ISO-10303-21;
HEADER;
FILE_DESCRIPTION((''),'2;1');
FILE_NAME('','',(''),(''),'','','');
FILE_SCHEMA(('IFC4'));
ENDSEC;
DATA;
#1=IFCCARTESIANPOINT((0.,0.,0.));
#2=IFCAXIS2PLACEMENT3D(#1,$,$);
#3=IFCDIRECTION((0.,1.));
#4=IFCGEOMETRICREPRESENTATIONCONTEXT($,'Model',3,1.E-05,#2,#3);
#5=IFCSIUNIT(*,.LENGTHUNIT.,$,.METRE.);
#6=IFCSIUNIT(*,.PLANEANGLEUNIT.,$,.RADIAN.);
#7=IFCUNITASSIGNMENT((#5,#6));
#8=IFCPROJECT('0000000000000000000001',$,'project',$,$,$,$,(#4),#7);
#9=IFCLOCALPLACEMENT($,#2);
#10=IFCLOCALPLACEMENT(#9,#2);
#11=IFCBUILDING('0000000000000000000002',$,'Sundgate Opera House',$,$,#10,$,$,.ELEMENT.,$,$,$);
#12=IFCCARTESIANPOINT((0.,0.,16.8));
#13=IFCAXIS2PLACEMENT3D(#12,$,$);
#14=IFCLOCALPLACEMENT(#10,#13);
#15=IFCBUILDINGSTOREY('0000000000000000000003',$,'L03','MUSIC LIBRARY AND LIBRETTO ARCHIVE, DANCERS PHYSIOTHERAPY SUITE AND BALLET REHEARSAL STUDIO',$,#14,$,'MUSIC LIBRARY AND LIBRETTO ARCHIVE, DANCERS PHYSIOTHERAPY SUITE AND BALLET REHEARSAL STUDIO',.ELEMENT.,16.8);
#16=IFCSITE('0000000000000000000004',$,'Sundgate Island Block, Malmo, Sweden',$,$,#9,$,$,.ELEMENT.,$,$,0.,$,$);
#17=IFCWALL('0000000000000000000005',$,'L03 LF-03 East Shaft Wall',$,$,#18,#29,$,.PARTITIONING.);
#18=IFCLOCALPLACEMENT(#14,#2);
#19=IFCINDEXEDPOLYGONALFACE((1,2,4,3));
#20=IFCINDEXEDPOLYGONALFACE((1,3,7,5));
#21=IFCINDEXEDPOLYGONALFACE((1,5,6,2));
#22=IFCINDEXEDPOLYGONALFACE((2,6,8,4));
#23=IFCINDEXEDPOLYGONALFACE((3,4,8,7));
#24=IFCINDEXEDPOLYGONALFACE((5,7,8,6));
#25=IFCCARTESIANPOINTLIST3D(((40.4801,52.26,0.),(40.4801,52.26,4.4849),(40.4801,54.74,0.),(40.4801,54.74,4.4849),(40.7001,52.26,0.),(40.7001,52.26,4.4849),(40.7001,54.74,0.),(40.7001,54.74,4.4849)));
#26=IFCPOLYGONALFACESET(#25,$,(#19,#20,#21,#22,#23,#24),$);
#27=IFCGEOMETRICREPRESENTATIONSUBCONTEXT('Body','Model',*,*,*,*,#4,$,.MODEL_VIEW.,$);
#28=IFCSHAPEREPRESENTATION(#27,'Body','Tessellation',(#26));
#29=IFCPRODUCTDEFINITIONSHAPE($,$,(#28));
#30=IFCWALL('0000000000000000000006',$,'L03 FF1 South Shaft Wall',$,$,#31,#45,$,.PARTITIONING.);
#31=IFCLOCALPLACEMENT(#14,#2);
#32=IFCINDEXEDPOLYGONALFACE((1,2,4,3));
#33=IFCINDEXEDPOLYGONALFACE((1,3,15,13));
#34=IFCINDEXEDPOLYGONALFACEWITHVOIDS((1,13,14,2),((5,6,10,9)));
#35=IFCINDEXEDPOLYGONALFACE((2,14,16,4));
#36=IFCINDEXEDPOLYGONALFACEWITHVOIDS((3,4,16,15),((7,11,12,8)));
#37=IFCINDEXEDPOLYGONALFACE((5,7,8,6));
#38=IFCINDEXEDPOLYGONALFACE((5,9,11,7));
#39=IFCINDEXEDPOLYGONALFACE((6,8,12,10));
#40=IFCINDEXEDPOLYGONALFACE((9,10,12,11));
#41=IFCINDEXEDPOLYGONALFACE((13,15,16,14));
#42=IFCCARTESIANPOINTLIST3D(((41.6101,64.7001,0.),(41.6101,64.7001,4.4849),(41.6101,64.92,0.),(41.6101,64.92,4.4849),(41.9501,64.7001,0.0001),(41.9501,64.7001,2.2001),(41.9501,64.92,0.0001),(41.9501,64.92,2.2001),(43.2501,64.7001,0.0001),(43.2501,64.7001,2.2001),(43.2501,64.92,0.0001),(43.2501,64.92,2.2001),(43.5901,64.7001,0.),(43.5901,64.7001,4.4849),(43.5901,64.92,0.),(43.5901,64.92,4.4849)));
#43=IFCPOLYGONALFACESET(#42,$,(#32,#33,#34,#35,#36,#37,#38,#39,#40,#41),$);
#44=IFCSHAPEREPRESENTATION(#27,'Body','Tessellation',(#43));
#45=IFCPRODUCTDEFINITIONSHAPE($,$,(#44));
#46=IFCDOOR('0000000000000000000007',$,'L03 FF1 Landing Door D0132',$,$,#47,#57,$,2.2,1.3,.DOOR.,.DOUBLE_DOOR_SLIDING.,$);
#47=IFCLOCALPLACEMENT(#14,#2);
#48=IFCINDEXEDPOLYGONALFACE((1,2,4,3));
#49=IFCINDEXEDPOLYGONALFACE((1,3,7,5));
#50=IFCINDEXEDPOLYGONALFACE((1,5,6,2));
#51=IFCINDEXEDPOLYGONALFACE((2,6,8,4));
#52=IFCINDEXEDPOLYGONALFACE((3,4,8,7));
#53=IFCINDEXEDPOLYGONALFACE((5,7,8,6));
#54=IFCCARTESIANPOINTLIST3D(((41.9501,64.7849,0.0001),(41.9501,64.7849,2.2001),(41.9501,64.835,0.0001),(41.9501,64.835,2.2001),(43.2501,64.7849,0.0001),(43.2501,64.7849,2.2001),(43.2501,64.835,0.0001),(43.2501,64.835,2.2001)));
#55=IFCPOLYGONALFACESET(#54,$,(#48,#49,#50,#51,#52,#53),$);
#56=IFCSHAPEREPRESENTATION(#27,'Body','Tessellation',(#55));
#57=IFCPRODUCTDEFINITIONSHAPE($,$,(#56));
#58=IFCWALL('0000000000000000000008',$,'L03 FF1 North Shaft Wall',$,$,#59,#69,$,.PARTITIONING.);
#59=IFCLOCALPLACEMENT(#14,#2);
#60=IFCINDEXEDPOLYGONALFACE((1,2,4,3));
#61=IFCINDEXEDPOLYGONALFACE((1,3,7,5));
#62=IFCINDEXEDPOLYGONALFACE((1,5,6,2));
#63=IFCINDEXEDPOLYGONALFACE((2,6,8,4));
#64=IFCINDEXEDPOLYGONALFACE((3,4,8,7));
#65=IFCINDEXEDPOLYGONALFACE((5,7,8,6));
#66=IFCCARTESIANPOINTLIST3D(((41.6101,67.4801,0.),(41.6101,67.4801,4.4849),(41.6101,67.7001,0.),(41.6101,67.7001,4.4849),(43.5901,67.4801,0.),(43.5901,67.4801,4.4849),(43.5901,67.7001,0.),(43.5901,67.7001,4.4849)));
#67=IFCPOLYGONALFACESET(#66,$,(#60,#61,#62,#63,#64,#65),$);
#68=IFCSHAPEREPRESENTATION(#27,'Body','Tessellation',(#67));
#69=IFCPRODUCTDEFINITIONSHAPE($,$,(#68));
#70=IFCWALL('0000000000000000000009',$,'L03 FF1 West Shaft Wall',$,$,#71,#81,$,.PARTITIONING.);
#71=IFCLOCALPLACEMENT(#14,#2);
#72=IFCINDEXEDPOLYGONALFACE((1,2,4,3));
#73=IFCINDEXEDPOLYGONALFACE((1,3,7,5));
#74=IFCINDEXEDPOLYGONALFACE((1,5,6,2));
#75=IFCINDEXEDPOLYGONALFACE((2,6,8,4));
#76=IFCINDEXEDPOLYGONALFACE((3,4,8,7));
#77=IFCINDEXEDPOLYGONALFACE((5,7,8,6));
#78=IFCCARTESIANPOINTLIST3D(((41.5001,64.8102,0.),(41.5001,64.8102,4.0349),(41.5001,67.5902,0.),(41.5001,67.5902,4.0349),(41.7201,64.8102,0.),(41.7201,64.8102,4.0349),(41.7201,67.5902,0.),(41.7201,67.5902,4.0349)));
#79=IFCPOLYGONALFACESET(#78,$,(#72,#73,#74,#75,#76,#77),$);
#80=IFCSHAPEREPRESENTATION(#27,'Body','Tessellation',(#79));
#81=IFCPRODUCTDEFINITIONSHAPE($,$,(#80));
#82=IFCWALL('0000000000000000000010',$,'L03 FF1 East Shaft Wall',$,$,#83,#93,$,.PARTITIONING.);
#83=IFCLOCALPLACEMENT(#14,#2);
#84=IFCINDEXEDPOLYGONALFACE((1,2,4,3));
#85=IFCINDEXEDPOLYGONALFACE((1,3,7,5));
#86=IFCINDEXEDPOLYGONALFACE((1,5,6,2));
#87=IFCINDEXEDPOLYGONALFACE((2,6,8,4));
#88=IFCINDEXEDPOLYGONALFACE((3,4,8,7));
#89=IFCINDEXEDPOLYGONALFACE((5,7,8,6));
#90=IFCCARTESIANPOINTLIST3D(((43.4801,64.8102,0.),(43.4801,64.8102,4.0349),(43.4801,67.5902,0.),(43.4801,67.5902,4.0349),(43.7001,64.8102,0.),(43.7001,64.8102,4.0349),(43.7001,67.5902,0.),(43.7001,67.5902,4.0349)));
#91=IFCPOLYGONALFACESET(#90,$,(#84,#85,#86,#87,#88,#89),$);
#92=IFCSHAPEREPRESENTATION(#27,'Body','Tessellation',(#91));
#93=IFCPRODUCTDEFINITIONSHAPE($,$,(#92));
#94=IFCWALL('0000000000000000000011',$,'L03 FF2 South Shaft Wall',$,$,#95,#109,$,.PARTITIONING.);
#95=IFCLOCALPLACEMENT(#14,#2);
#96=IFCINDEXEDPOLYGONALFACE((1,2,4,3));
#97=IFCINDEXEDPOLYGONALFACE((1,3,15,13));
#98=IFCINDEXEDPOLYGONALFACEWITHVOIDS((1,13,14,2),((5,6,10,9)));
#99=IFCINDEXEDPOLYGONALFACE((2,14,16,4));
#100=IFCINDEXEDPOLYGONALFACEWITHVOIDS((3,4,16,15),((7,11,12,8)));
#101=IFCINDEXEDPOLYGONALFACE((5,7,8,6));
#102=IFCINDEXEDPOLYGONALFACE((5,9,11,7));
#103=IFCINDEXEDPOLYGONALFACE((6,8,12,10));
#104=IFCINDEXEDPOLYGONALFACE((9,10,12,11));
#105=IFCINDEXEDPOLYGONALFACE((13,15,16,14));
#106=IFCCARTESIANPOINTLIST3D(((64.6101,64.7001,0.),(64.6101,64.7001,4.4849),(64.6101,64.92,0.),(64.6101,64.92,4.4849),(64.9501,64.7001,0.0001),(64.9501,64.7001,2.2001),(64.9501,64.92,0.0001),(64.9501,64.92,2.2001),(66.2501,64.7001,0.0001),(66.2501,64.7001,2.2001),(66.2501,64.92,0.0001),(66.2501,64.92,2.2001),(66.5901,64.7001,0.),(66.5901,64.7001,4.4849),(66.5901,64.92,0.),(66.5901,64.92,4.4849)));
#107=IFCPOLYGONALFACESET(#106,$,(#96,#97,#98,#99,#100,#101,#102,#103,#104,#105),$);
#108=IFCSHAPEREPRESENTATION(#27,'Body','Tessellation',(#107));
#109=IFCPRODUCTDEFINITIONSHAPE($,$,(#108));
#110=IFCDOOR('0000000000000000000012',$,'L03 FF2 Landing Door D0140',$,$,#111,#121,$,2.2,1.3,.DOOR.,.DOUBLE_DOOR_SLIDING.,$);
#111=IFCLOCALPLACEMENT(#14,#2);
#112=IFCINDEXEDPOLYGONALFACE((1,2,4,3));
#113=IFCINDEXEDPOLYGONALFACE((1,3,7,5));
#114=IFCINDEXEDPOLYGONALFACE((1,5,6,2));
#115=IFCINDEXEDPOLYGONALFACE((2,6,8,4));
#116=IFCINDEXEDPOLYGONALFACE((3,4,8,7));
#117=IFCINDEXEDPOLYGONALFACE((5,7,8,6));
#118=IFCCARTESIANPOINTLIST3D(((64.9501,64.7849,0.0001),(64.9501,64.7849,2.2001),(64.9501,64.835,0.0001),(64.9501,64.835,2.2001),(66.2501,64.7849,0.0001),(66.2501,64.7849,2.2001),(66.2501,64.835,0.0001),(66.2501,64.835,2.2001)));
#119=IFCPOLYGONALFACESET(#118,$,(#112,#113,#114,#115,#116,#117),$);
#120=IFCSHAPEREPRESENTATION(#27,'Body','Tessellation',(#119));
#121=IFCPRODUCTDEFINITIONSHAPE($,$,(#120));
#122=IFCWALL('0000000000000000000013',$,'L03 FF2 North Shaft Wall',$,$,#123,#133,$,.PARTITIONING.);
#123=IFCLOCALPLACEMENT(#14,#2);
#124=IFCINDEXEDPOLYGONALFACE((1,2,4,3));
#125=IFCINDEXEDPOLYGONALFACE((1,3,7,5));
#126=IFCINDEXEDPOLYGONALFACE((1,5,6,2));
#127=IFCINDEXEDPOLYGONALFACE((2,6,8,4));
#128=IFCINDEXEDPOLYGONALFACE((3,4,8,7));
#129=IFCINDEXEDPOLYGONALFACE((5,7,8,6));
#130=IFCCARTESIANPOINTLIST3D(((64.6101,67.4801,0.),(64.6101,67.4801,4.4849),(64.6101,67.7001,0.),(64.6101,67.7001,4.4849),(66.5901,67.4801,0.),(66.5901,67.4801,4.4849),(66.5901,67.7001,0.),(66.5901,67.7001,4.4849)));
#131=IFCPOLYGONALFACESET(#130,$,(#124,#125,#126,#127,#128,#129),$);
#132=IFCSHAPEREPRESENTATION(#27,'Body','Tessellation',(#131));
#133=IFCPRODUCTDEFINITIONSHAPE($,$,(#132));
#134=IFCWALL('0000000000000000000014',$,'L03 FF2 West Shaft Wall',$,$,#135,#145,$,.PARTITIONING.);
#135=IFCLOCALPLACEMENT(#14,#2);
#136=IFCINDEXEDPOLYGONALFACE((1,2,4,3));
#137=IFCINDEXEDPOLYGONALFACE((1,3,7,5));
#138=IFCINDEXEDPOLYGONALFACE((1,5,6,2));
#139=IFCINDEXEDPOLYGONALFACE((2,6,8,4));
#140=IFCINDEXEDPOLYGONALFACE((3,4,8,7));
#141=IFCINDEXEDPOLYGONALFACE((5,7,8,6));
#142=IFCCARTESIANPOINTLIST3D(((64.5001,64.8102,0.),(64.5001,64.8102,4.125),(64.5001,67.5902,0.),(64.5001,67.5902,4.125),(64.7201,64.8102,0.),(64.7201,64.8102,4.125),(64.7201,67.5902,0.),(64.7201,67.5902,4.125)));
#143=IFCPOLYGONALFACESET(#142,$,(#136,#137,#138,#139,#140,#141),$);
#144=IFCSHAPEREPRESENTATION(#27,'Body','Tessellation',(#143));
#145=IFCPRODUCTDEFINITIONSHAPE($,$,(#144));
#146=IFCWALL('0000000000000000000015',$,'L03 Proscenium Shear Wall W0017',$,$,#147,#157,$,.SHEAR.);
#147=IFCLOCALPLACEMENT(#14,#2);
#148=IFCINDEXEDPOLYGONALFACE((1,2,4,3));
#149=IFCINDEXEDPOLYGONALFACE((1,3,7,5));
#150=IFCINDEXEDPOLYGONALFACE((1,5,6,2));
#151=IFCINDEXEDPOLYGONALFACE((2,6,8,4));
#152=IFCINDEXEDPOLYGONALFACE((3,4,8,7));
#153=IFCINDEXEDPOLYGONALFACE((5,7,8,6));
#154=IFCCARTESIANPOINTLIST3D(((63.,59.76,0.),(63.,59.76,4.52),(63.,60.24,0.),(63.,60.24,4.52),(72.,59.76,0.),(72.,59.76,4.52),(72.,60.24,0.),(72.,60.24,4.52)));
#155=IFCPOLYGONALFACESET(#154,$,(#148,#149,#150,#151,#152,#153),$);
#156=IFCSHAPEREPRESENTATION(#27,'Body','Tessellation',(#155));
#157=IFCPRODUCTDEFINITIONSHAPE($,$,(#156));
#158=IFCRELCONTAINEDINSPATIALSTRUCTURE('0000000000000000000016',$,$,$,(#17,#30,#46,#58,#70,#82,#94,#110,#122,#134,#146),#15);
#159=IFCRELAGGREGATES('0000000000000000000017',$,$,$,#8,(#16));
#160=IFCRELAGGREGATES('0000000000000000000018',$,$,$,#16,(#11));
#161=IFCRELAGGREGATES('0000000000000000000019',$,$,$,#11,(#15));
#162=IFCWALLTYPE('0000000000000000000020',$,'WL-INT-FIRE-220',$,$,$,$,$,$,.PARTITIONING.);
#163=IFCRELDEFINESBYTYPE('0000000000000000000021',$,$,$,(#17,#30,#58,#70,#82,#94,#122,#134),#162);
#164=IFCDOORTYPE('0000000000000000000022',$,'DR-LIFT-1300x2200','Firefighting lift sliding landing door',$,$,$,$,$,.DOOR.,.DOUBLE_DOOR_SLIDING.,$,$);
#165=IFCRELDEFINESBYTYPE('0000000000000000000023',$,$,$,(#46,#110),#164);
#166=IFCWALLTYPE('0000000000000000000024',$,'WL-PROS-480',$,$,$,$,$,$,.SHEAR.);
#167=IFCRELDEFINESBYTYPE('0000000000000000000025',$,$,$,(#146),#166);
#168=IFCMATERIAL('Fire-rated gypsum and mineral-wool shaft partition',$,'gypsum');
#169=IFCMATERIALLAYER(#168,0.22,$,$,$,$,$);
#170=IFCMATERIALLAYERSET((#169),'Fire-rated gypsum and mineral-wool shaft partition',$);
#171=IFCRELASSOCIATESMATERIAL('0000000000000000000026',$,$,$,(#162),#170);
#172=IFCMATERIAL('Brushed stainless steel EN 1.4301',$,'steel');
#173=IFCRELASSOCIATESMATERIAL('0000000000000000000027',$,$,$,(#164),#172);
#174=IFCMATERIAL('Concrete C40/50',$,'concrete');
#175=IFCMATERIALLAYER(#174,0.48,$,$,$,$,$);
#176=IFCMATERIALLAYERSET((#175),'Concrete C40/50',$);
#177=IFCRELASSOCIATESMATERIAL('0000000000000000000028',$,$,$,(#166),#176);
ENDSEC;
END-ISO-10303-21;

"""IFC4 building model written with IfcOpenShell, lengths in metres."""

from ifc_helpers import new_model, si_unit, direction, frame, frame_2d, origin, place, context, subcontext, project, spatial, rectangle, extrude, material, layer, layer_set, type_object, element, fill, save


model = new_model("IFC4")

# Units and contexts
model_context = context("Model", 3, precision=1e-05, world=origin(), true_north=direction((0.0, 1.0)))
body_context = subcontext(model_context, "Body", "Model", "MODEL_VIEW")
ifc_project = project(units=[si_unit("LENGTHUNIT", "METRE"), si_unit("PLANEANGLEUNIT", "RADIAN")], contexts=[model_context])

# Site, building, storey
site_placement = place(None, origin())
site = spatial("IfcSite", under=ifc_project, at=site_placement, Name="Sundgate Island Block, Malmo, Sweden", CompositionType="ELEMENT", RefElevation=0.0)
building_placement = place(site_placement, origin())
building = spatial("IfcBuilding", under=site, at=building_placement, Name="Sundgate Opera House", CompositionType="ELEMENT")
storey_placement = place(building_placement, frame((0.0, 0.0, 16.8)))
storey = spatial("IfcBuildingStorey", under=building, at=storey_placement, Name="L03", Description="MUSIC LIBRARY AND LIBRETTO ARCHIVE, DANCERS PHYSIOTHERAPY SUITE AND BALLET REHEARSAL STUDIO", LongName="MUSIC LIBRARY AND LIBRETTO ARCHIVE, DANCERS PHYSIOTHERAPY SUITE AND BALLET REHEARSAL STUDIO", CompositionType="ELEMENT", Elevation=16.8)

# Shared definitions
ifc_material_1 = material(Name="Fire-rated gypsum and mineral-wool shaft partition", Category="gypsum")
ifc_layer_1 = layer(ifc_material_1, 0.22)
ifc_layer_set_1 = layer_set([ifc_layer_1], Name="Fire-rated gypsum and mineral-wool shaft partition")
wall_type_1 = type_object("IfcWallType", Name="WL-INT-FIRE-220", PredefinedType="PARTITIONING", material=ifc_layer_set_1)

# Wall
for number, where, z_axis, x_axis, name in (
    (1, (40.5901, 52.26, 0.0), (0.0, 0.0, 1.0), (0.0, 1.0, 0.0), "L03 LF-03 East Shaft Wall"),
):
    element("IfcWall", number, at=place(storey_placement, frame(where, z_axis=z_axis, x_axis=x_axis)), inside=storey, type_object=wall_type_1, Name=name, PredefinedType="PARTITIONING", context=body_context, shape_type="SweptSolid", body=[
        extrude(rectangle(XDim=2.48, YDim=0.22, at=frame_2d((1.24, 0.0))), origin(), (0.0, 0.0, 1.0), 4.4849),
    ])

# Wall, opening, door
wall_1_placement = place(storey_placement, frame((41.6101, 64.8101, 0.0), z_axis=(0.0, 0.0, 1.0), x_axis=(1.0, 0.0, 0.0)))
wall_1 = element("IfcWall", 2, at=wall_1_placement, inside=storey, type_object=wall_type_1, Name="L03 FF1 South Shaft Wall", PredefinedType="PARTITIONING", context=body_context, shape_type="SweptSolid", body=[
    extrude(rectangle(XDim=1.98, YDim=0.22, at=frame_2d((0.99, 0.0))), origin(), (0.0, 0.0, 1.0), 4.4849),
])
opening_1_placement = place(wall_1_placement, frame((0.3401, 0.0, 0.0)))
opening_1 = element("IfcOpeningElement", 3, at=opening_1_placement, cuts=wall_1, PredefinedType="OPENING", context=body_context, shape_type="SweptSolid", body=[
    extrude(rectangle(XDim=1.3, YDim=2.2, at=frame_2d((0.6499, 1.1001))), frame((0.0, 0.1199, 0.0), z_axis=(0.0, -1.0, 0.0), x_axis=(1.0, 0.0, 0.0)), (0.0, 0.0, 1.0), 0.24),
])
ifc_material_2 = material(Name="Brushed stainless steel EN 1.4301", Category="steel")
door_type_1 = type_object("IfcDoorType", Name="DR-LIFT-1300x2200", Description="Firefighting lift sliding landing door", OperationType="DOUBLE_DOOR_SLIDING", PredefinedType="DOOR", material=ifc_material_2)
door_1_placement = place(opening_1_placement, origin())
door_1 = element("IfcDoor", 4, at=door_1_placement, inside=storey, type_object=door_type_1, Name="L03 FF1 Landing Door D0132", OperationType="DOUBLE_DOOR_SLIDING", OverallHeight=2.2, OverallWidth=1.3, PredefinedType="DOOR", context=body_context, shape_type="SweptSolid", body=[
    extrude(rectangle(XDim=1.3, YDim=2.2, at=frame_2d((0.6499, 1.1001))), frame((0.0, 0.0249, 0.0), z_axis=(0.0, -1.0, 0.0), x_axis=(1.0, 0.0, 0.0)), (0.0, 0.0, 1.0), 0.05),
])
fill(opening_1, door_1)

# Walls
wall_2_placement = place(storey_placement, frame((41.6101, 67.5901, 0.0), z_axis=(0.0, 0.0, 1.0), x_axis=(1.0, 0.0, 0.0)))
element("IfcWall", 5, at=wall_2_placement, inside=storey, type_object=wall_type_1, Name="L03 FF1 North Shaft Wall", PredefinedType="PARTITIONING", context=body_context, shape_type="SweptSolid", body=[
    extrude(rectangle(XDim=1.98, YDim=0.22, at=frame_2d((0.99, 0.0))), origin(), (0.0, 0.0, 1.0), 4.4849),
])
for number, where, z_axis, x_axis, name in (
    (6, (41.6101, 64.8101, 0.0), (0.0, 0.0, 1.0), (0.0, 1.0, 0.0), "L03 FF1 West Shaft Wall"),
    (7, (43.5901, 64.8101, 0.0), (0.0, 0.0, 1.0), (0.0, 1.0, 0.0), "L03 FF1 East Shaft Wall"),
):
    element("IfcWall", number, at=place(storey_placement, frame(where, z_axis=z_axis, x_axis=x_axis)), inside=storey, type_object=wall_type_1, Name=name, PredefinedType="PARTITIONING", context=body_context, shape_type="SweptSolid", body=[
        extrude(rectangle(XDim=2.78, YDim=0.22, at=frame_2d((1.3901, 0.0))), origin(), (0.0, 0.0, 1.0), 4.0349),
    ])

# Wall, opening, door
wall_3_placement = place(storey_placement, frame((64.6101, 64.8101, 0.0), z_axis=(0.0, 0.0, 1.0), x_axis=(1.0, 0.0, 0.0)))
wall_3 = element("IfcWall", 8, at=wall_3_placement, inside=storey, type_object=wall_type_1, Name="L03 FF2 South Shaft Wall", PredefinedType="PARTITIONING", context=body_context, shape_type="SweptSolid", body=[
    extrude(rectangle(XDim=1.98, YDim=0.22, at=frame_2d((0.99, 0.0))), origin(), (0.0, 0.0, 1.0), 4.4849),
])
opening_2_placement = place(wall_3_placement, frame((0.3401, 0.0, 0.0)))
opening_2 = element("IfcOpeningElement", 9, at=opening_2_placement, cuts=wall_3, PredefinedType="OPENING", context=body_context, shape_type="SweptSolid", body=[
    extrude(rectangle(XDim=1.3, YDim=2.2, at=frame_2d((0.6499, 1.1001))), frame((0.0, 0.1199, 0.0), z_axis=(0.0, -1.0, 0.0), x_axis=(1.0, 0.0, 0.0)), (0.0, 0.0, 1.0), 0.24),
])
door_2_placement = place(opening_2_placement, origin())
door_2 = element("IfcDoor", 10, at=door_2_placement, inside=storey, type_object=door_type_1, Name="L03 FF2 Landing Door D0140", OperationType="DOUBLE_DOOR_SLIDING", OverallHeight=2.2, OverallWidth=1.3, PredefinedType="DOOR", context=body_context, shape_type="SweptSolid", body=[
    extrude(rectangle(XDim=1.3, YDim=2.2, at=frame_2d((0.6499, 1.1001))), frame((0.0, 0.0249, 0.0), z_axis=(0.0, -1.0, 0.0), x_axis=(1.0, 0.0, 0.0)), (0.0, 0.0, 1.0), 0.05),
])
fill(opening_2, door_2)

# Walls
wall_4_placement = place(storey_placement, frame((64.6101, 67.5901, 0.0), z_axis=(0.0, 0.0, 1.0), x_axis=(1.0, 0.0, 0.0)))
element("IfcWall", 11, at=wall_4_placement, inside=storey, type_object=wall_type_1, Name="L03 FF2 North Shaft Wall", PredefinedType="PARTITIONING", context=body_context, shape_type="SweptSolid", body=[
    extrude(rectangle(XDim=1.98, YDim=0.22, at=frame_2d((0.99, 0.0))), origin(), (0.0, 0.0, 1.0), 4.4849),
])
wall_5_placement = place(storey_placement, frame((64.6101, 64.8101, 0.0), z_axis=(0.0, 0.0, 1.0), x_axis=(0.0, 1.0, 0.0)))
element("IfcWall", 12, at=wall_5_placement, inside=storey, type_object=wall_type_1, Name="L03 FF2 West Shaft Wall", PredefinedType="PARTITIONING", context=body_context, shape_type="SweptSolid", body=[
    extrude(rectangle(XDim=2.78, YDim=0.22, at=frame_2d((1.3901, 0.0))), origin(), (0.0, 0.0, 1.0), 4.125),
])
ifc_material_3 = material(Name="Concrete C40/50", Category="concrete")
ifc_layer_2 = layer(ifc_material_3, 0.48)
ifc_layer_set_2 = layer_set([ifc_layer_2], Name="Concrete C40/50")
wall_type_2 = type_object("IfcWallType", Name="WL-PROS-480", PredefinedType="SHEAR", material=ifc_layer_set_2)
wall_6_placement = place(storey_placement, frame((63.0, 60.0, 0.0), z_axis=(0.0, 0.0, 1.0), x_axis=(1.0, 0.0, 0.0)))
element("IfcWall", 13, at=wall_6_placement, inside=storey, type_object=wall_type_2, Name="L03 Proscenium Shear Wall W0017", PredefinedType="SHEAR", context=body_context, shape_type="SweptSolid", body=[
    extrude(rectangle(XDim=9.0, YDim=0.48, at=frame_2d((4.5, 0.0))), origin(), (0.0, 0.0, 1.0), 4.52),
])

save(model, "model.ifc")
